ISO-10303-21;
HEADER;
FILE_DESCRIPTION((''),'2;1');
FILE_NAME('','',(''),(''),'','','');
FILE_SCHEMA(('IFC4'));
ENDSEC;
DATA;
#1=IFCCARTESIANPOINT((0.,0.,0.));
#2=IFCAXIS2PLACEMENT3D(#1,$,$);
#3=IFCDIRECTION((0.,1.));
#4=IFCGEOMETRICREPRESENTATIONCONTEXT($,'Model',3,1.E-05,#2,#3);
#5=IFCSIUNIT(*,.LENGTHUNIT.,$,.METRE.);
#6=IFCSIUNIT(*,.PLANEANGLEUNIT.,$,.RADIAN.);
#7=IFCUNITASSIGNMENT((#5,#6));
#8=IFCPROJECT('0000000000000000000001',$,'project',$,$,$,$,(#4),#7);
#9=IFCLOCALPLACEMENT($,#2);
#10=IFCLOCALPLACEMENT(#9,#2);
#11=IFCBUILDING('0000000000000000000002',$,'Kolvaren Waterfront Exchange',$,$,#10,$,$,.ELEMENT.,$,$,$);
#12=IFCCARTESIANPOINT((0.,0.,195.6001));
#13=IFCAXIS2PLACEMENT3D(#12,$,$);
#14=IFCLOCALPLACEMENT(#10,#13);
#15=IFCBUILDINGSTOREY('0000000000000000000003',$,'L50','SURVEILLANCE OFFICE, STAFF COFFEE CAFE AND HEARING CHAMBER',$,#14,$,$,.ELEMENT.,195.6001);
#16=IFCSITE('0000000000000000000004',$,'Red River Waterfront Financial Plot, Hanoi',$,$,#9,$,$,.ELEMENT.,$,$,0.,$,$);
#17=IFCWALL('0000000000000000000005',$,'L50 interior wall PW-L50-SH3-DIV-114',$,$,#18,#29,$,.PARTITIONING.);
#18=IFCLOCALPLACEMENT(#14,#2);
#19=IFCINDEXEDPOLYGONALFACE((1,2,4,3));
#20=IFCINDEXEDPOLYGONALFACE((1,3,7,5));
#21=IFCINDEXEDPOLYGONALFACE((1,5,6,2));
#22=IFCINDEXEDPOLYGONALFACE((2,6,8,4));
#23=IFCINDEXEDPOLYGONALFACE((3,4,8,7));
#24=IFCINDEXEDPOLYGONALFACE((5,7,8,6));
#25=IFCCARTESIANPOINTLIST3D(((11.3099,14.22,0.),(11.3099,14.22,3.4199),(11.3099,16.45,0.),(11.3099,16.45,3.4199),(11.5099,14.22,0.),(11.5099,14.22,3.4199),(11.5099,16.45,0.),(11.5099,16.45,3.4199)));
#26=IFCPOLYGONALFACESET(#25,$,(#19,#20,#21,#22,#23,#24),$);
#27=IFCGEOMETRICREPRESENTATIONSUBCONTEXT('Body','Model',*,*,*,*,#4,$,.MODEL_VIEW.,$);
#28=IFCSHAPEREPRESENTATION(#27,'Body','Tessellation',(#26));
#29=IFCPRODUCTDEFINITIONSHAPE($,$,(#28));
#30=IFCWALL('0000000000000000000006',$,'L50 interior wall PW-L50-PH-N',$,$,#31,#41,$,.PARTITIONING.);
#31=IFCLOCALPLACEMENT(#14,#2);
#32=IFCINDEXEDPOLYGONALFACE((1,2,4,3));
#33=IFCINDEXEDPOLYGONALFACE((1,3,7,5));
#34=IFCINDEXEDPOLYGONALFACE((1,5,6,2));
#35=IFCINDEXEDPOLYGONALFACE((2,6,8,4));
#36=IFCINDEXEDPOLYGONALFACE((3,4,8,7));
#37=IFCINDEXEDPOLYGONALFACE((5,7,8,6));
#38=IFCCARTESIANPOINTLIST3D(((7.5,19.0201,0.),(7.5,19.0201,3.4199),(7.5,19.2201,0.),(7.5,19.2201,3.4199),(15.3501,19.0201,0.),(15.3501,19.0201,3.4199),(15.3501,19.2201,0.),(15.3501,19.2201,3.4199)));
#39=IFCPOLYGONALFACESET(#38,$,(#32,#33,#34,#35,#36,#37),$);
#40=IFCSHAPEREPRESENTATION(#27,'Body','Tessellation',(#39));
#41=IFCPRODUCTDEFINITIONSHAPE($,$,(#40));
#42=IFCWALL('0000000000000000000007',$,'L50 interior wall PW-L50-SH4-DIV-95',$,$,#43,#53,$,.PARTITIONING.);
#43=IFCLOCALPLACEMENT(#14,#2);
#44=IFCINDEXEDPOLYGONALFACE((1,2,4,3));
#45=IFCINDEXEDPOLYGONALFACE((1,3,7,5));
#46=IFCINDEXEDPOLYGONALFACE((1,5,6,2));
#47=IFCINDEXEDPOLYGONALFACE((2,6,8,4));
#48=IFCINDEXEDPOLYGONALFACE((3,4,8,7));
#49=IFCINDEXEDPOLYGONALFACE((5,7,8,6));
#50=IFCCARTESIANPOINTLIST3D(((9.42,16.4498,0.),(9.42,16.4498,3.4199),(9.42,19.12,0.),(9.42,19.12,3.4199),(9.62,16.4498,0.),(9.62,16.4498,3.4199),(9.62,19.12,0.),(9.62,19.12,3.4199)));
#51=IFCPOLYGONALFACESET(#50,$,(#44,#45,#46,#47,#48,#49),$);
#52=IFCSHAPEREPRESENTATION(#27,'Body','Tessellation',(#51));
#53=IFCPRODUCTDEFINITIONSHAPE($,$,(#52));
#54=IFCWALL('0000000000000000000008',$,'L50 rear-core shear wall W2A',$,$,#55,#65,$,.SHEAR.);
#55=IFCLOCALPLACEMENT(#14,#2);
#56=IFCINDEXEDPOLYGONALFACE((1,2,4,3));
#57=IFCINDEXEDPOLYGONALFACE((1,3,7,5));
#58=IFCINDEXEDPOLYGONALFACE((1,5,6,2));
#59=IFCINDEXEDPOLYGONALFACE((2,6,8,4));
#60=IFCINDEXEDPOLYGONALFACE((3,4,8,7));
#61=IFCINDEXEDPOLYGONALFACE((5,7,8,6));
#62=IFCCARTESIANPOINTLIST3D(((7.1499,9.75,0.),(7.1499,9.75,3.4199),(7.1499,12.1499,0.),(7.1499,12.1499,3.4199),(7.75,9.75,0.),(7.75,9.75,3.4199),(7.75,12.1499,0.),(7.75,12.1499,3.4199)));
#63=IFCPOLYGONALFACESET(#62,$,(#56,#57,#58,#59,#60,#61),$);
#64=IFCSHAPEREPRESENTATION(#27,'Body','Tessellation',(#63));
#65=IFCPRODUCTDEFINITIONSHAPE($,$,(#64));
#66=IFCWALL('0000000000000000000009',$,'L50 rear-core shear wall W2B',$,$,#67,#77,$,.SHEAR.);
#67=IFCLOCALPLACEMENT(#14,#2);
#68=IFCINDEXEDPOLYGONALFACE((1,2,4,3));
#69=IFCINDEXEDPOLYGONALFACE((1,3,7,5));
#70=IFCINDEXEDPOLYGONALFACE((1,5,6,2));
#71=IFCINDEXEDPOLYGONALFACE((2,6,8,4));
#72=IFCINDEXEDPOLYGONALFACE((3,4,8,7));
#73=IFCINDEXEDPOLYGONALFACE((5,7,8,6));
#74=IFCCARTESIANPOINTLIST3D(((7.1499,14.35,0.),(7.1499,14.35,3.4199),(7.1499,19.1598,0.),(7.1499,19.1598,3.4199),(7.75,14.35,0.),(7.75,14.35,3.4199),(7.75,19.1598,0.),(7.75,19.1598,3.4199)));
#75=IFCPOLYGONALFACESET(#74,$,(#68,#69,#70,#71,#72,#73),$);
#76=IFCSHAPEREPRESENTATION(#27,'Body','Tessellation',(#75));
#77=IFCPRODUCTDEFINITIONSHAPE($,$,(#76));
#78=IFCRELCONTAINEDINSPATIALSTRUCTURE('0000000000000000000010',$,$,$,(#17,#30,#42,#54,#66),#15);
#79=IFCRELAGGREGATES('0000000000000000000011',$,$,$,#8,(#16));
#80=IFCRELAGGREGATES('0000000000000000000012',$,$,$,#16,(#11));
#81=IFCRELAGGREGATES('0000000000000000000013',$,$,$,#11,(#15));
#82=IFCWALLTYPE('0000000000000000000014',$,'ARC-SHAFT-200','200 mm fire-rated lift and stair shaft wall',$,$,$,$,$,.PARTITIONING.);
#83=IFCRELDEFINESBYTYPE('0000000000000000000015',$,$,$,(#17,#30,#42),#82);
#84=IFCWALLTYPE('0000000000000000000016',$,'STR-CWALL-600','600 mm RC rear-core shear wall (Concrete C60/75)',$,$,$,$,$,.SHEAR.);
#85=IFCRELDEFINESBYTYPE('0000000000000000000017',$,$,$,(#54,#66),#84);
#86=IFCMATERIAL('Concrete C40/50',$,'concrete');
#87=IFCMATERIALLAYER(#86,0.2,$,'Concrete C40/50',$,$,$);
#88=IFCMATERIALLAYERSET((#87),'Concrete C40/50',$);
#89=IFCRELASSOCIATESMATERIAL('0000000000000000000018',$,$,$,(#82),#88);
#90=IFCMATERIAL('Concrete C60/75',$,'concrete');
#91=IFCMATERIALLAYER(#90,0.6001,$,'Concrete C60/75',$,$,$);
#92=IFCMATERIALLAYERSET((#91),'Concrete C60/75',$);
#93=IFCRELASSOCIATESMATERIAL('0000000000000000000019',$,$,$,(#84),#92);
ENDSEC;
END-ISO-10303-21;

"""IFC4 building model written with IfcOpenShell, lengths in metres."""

from ifc_helpers import new_model, si_unit, direction, frame, frame_2d, origin, place, context, subcontext, project, spatial, rectangle, extrude, material, layer, layer_set, type_object, element, save


model = new_model("IFC4")

# Units and contexts
model_context = context("Model", 3, precision=1e-05, world=origin(), true_north=direction((0.0, 1.0)))
body_context = subcontext(model_context, "Body", "Model", "MODEL_VIEW")
ifc_project = project(units=[si_unit("LENGTHUNIT", "METRE"), si_unit("PLANEANGLEUNIT", "RADIAN")], contexts=[model_context])

# Site, building, storey
site_placement = place(None, origin())
site = spatial("IfcSite", under=ifc_project, at=site_placement, Name="Red River Waterfront Financial Plot, Hanoi", CompositionType="ELEMENT", RefElevation=0.0)
building_placement = place(site_placement, origin())
building = spatial("IfcBuilding", under=site, at=building_placement, Name="Kolvaren Waterfront Exchange", CompositionType="ELEMENT")
storey_placement = place(building_placement, frame((0.0, 0.0, 195.6001)))
storey = spatial("IfcBuildingStorey", under=building, at=storey_placement, Name="L50", Description="SURVEILLANCE OFFICE, STAFF COFFEE CAFE AND HEARING CHAMBER", CompositionType="ELEMENT", Elevation=195.6001)

# Shared definitions
ifc_material_1 = material(Name="Concrete C60/75", Category="concrete")

# Shared definitions
ifc_material_2 = material(Name="Concrete C40/50", Category="concrete")
ifc_layer_1 = layer(ifc_material_2, 0.2, Name="Concrete C40/50")
ifc_layer_set_1 = layer_set([ifc_layer_1], Name="Concrete C40/50")
wall_type_1 = type_object("IfcWallType", Name="ARC-SHAFT-200", Description="200 mm fire-rated lift and stair shaft wall", PredefinedType="PARTITIONING", material=ifc_layer_set_1)

# Walls
for number, where, z_axis, x_axis, name in (
    (1, (11.4099, 14.22, 0.0), (0.0, 0.0, 1.0), (0.0, 1.0, 0.0), "L50 interior wall PW-L50-SH3-DIV-114"),
):
    element("IfcWall", number, at=place(storey_placement, frame(where, z_axis=z_axis, x_axis=x_axis)), inside=storey, type_object=wall_type_1, Name=name, PredefinedType="PARTITIONING", context=body_context, shape_type="SweptSolid", body=[
        extrude(rectangle(XDim=2.23, YDim=0.2, at=frame_2d((1.115, 0.0))), origin(), (0.0, 0.0, 1.0), 3.4199),
    ])
wall_1_placement = place(storey_placement, frame((7.5, 19.1201, 0.0), z_axis=(0.0, 0.0, 1.0), x_axis=(1.0, 0.0, 0.0)))
element("IfcWall", 2, at=wall_1_placement, inside=storey, type_object=wall_type_1, Name="L50 interior wall PW-L50-PH-N", PredefinedType="PARTITIONING", context=body_context, shape_type="SweptSolid", body=[
    extrude(rectangle(XDim=7.8501, YDim=0.2, at=frame_2d((3.925, 0.0))), origin(), (0.0, 0.0, 1.0), 3.4199),
])
wall_2_placement = place(storey_placement, frame((9.52, 16.45, 0.0), z_axis=(0.0, 0.0, 1.0), x_axis=(0.0, 1.0, 0.0)))
element("IfcWall", 3, at=wall_2_placement, inside=storey, type_object=wall_type_1, Name="L50 interior wall PW-L50-SH4-DIV-95", PredefinedType="PARTITIONING", context=body_context, shape_type="SweptSolid", body=[
    extrude(rectangle(XDim=2.6702, YDim=0.2, at=frame_2d((1.335, 0.0))), origin(), (0.0, 0.0, 1.0), 3.4199),
])
ifc_layer_2 = layer(ifc_material_1, 0.6001, Name="Concrete C60/75")
ifc_layer_set_2 = layer_set([ifc_layer_2], Name="Concrete C60/75")
wall_type_2 = type_object("IfcWallType", Name="STR-CWALL-600", Description="600 mm RC rear-core shear wall (Concrete C60/75)", PredefinedType="SHEAR", material=ifc_layer_set_2)
wall_3_placement = place(storey_placement, frame((7.45, 9.75, 0.0), z_axis=(0.0, 0.0, 1.0), x_axis=(0.0, 1.0, 0.0)))
element("IfcWall", 4, at=wall_3_placement, inside=storey, type_object=wall_type_2, Name="L50 rear-core shear wall W2A", PredefinedType="SHEAR", context=body_context, shape_type="SweptSolid", body=[
    extrude(rectangle(XDim=2.3999, YDim=0.6001, at=frame_2d((1.2, 0.0))), origin(), (0.0, 0.0, 1.0), 3.4199),
])
wall_4_placement = place(storey_placement, frame((7.45, 14.3501, 0.0), z_axis=(0.0, 0.0, 1.0), x_axis=(0.0, 1.0, 0.0)))
element("IfcWall", 5, at=wall_4_placement, inside=storey, type_object=wall_type_2, Name="L50 rear-core shear wall W2B", PredefinedType="SHEAR", context=body_context, shape_type="SweptSolid", body=[
    extrude(rectangle(XDim=4.8098, YDim=0.6001, at=frame_2d((2.4048, 0.0))), origin(), (0.0, 0.0, 1.0), 3.4199),
])

save(model, "model.ifc")
